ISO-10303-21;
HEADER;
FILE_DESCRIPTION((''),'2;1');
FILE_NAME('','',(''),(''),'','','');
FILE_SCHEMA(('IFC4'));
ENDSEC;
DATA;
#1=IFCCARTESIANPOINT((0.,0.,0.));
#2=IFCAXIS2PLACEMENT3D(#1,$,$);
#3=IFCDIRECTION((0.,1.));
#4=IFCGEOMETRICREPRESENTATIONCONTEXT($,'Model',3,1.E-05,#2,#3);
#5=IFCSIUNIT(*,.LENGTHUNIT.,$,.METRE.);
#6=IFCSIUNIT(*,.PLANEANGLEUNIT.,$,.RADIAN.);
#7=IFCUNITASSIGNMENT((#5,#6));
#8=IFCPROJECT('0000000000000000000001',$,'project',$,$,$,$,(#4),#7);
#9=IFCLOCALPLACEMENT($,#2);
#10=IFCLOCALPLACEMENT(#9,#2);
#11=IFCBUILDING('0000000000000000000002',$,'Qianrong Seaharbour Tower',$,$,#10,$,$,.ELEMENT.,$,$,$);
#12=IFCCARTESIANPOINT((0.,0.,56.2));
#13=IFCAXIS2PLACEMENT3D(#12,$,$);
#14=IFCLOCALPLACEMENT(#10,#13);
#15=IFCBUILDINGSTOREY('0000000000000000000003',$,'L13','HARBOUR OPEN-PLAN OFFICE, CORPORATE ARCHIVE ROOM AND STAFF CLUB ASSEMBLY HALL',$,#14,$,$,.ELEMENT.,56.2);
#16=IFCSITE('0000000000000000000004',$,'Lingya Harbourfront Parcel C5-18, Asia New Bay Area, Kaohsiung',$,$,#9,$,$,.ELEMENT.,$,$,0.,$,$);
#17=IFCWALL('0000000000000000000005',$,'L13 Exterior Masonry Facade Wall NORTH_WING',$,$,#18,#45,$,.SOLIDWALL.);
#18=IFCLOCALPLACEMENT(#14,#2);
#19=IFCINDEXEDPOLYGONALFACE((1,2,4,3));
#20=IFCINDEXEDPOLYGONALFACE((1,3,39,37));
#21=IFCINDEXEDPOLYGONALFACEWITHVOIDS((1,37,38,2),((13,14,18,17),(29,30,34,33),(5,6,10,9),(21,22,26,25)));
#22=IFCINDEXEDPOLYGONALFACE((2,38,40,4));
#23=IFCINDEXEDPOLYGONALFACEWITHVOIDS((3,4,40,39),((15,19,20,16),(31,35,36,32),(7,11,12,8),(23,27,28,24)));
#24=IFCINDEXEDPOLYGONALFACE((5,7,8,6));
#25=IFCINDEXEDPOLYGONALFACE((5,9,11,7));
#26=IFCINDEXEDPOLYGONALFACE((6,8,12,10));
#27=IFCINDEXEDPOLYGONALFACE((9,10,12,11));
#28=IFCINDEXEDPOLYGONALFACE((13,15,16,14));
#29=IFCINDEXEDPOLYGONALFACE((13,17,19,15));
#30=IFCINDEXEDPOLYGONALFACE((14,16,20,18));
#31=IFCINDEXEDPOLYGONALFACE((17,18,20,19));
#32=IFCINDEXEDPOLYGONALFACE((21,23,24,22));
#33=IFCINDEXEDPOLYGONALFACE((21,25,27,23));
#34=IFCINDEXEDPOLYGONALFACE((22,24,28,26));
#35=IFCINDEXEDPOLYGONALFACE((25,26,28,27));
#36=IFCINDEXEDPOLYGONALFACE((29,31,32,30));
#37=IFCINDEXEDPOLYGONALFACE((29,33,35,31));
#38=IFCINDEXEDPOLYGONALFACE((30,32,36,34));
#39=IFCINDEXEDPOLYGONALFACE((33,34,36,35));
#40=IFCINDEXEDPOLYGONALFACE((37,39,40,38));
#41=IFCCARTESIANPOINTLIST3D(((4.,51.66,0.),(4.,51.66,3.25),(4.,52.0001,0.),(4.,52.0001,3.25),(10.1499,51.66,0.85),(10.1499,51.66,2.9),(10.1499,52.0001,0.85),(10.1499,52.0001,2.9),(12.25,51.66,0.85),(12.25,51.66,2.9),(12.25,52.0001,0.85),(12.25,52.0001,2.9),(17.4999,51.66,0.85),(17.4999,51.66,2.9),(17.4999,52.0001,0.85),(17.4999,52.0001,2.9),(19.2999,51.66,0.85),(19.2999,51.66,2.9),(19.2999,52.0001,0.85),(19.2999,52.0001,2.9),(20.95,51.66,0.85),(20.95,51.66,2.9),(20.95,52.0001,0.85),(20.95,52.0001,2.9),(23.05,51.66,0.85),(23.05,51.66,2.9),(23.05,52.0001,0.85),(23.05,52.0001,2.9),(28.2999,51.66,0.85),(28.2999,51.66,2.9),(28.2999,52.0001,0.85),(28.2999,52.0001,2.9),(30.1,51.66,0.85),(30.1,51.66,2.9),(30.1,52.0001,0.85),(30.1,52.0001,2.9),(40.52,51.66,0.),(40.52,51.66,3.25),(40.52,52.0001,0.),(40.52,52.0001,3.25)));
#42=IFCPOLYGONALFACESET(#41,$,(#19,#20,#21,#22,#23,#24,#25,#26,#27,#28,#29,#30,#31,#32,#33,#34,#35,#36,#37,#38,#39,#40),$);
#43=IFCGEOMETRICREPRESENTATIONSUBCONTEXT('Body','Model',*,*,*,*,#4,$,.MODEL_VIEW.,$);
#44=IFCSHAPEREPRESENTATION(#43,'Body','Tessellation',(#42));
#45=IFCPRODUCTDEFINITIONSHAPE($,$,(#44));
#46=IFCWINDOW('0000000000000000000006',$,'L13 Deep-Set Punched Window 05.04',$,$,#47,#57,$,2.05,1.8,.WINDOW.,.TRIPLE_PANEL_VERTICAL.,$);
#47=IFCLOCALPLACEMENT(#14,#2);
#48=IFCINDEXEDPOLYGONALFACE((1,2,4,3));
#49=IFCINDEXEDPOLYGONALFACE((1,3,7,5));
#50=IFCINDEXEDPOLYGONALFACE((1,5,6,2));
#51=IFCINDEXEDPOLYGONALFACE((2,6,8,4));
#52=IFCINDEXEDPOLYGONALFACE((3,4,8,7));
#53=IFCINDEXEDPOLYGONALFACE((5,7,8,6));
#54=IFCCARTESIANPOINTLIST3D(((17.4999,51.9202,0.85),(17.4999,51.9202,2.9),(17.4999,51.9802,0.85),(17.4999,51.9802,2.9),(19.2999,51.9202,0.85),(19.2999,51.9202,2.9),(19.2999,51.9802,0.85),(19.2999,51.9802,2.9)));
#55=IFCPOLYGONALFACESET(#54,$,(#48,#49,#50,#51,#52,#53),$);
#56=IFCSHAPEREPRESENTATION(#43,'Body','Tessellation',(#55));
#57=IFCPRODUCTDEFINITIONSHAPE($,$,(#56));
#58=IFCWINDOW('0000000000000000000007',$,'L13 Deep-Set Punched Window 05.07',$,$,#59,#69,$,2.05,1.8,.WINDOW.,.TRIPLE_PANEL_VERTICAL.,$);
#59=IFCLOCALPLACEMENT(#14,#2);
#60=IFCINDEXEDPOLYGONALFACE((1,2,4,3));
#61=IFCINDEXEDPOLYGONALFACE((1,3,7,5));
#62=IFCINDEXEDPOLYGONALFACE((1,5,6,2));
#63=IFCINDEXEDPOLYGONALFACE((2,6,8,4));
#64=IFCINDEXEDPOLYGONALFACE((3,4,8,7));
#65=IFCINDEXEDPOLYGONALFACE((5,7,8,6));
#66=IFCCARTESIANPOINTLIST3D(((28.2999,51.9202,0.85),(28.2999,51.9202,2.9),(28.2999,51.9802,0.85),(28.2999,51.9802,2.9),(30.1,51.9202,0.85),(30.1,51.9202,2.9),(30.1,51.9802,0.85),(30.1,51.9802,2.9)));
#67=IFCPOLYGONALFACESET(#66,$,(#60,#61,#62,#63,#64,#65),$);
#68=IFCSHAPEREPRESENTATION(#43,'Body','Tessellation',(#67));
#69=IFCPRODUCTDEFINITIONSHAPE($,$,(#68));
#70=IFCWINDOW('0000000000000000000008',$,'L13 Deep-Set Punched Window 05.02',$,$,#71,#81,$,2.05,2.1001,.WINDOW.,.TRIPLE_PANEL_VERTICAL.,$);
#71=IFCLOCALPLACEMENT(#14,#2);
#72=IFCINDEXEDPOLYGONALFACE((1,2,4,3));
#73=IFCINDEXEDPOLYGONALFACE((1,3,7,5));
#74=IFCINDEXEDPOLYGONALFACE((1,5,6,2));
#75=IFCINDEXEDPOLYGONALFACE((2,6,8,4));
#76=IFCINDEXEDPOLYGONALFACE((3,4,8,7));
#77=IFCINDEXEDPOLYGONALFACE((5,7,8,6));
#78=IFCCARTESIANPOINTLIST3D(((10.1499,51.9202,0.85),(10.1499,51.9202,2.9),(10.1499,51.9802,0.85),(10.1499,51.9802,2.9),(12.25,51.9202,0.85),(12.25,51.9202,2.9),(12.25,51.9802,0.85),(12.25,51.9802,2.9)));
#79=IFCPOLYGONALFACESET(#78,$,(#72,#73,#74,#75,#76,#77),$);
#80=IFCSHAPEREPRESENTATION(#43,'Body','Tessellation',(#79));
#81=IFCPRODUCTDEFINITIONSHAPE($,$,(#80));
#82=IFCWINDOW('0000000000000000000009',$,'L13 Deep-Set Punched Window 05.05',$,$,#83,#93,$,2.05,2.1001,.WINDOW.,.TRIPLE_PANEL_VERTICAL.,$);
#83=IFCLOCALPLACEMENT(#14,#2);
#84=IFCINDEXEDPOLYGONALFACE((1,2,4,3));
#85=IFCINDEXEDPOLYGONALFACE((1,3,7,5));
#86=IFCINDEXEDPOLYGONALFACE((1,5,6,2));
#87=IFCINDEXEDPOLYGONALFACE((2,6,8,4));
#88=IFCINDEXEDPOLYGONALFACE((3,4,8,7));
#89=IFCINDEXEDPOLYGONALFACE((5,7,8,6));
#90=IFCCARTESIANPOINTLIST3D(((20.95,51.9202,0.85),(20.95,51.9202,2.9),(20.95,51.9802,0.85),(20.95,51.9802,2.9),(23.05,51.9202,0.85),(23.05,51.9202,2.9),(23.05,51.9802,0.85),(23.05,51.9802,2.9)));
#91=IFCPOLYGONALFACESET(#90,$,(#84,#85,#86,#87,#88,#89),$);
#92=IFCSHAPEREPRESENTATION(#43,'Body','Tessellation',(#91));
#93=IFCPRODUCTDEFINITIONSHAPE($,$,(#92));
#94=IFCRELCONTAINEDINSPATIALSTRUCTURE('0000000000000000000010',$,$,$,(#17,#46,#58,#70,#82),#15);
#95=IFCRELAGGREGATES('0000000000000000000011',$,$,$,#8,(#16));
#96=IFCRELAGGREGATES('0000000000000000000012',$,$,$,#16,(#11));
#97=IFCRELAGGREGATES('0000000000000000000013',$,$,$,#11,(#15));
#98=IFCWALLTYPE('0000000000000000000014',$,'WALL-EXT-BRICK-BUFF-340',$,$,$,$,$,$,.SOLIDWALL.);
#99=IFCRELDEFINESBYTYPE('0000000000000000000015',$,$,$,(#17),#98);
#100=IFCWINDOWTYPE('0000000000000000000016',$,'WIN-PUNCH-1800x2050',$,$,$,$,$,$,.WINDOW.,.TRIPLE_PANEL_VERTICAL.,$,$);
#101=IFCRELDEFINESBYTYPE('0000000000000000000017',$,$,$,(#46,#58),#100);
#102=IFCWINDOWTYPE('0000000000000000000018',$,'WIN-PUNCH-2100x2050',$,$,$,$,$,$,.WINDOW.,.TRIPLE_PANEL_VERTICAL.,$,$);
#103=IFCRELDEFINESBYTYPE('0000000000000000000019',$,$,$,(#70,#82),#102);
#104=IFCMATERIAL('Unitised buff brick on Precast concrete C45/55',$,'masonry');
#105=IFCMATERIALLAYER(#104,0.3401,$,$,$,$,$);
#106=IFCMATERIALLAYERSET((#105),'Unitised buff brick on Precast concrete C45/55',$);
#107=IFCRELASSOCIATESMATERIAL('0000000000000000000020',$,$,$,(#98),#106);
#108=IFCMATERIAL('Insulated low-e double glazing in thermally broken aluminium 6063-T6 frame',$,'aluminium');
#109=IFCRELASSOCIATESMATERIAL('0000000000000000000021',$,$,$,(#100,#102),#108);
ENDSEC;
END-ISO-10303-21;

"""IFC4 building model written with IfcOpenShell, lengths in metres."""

from ifc_helpers import new_model, si_unit, direction, frame, frame_2d, origin, place, context, subcontext, project, spatial, rectangle, extrude, material, layer, layer_set, type_object, element, fill, save


model = new_model("IFC4")

# Units and contexts
model_context = context("Model", 3, precision=1e-05, world=origin(), true_north=direction((0.0, 1.0)))
body_context = subcontext(model_context, "Body", "Model", "MODEL_VIEW")
ifc_project = project(units=[si_unit("LENGTHUNIT", "METRE"), si_unit("PLANEANGLEUNIT", "RADIAN")], contexts=[model_context])

# Site, building, storey
site_placement = place(None, origin())
site = spatial("IfcSite", under=ifc_project, at=site_placement, Name="Lingya Harbourfront Parcel C5-18, Asia New Bay Area, Kaohsiung", CompositionType="ELEMENT", RefElevation=0.0)
building_placement = place(site_placement, origin())
building = spatial("IfcBuilding", under=site, at=building_placement, Name="Qianrong Seaharbour Tower", CompositionType="ELEMENT")
storey_placement = place(building_placement, frame((0.0, 0.0, 56.2)))
storey = spatial("IfcBuildingStorey", under=building, at=storey_placement, Name="L13", Description="HARBOUR OPEN-PLAN OFFICE, CORPORATE ARCHIVE ROOM AND STAFF CLUB ASSEMBLY HALL", CompositionType="ELEMENT", Elevation=56.2)

# Shared definitions
ifc_material_1 = material(Name="Unitised buff brick on Precast concrete C45/55", Category="masonry")
ifc_layer_1 = layer(ifc_material_1, 0.3401)
ifc_layer_set_1 = layer_set([ifc_layer_1], Name="Unitised buff brick on Precast concrete C45/55")
wall_type_1 = type_object("IfcWallType", Name="WALL-EXT-BRICK-BUFF-340", PredefinedType="SOLIDWALL", material=ifc_layer_set_1)

# Wall, openings, windows
wall_1_placement = place(storey_placement, frame((4.0, 51.8301, 0.0), z_axis=(0.0, 0.0, 1.0), x_axis=(1.0, 0.0, 0.0)))
wall_1 = element("IfcWall", 1, at=wall_1_placement, inside=storey, type_object=wall_type_1, Name="L13 Exterior Masonry Facade Wall NORTH_WING", PredefinedType="SOLIDWALL", context=body_context, shape_type="SweptSolid", body=[
    extrude(rectangle(XDim=36.52, YDim=0.3401, at=frame_2d((18.26, 0.0))), origin(), (0.0, 0.0, 1.0), 3.25),
])
opening_1_placement = place(wall_1_placement, frame((6.1499, 0.0, 0.8501)))
opening_1 = element("IfcOpeningElement", 2, at=opening_1_placement, cuts=wall_1, PredefinedType="OPENING", context=body_context, shape_type="SweptSolid", body=[
    extrude(rectangle(XDim=2.1001, YDim=2.05, at=frame_2d((1.05, 1.0249))), frame((0.0, 0.1802, 0.0), z_axis=(0.0, -1.0, 0.0), x_axis=(1.0, 0.0, 0.0)), (0.0, 0.0, 1.0), 0.3601),
])
opening_2_placement = place(wall_1_placement, frame((13.5, 0.0, 0.8501)))
opening_2 = element("IfcOpeningElement", 3, at=opening_2_placement, cuts=wall_1, PredefinedType="OPENING", context=body_context, shape_type="SweptSolid", body=[
    extrude(rectangle(XDim=1.8, YDim=2.05, at=frame_2d((0.8999, 1.0249))), frame((0.0, 0.1802, 0.0), z_axis=(0.0, -1.0, 0.0), x_axis=(1.0, 0.0, 0.0)), (0.0, 0.0, 1.0), 0.3601),
])
opening_3_placement = place(wall_1_placement, frame((16.95, 0.0, 0.8501)))
opening_3 = element("IfcOpeningElement", 4, at=opening_3_placement, cuts=wall_1, PredefinedType="OPENING", context=body_context, shape_type="SweptSolid", body=[
    extrude(rectangle(XDim=2.1001, YDim=2.05, at=frame_2d((1.05, 1.0249))), frame((0.0, 0.1802, 0.0), z_axis=(0.0, -1.0, 0.0), x_axis=(1.0, 0.0, 0.0)), (0.0, 0.0, 1.0), 0.3601),
])
opening_4_placement = place(wall_1_placement, frame((24.3, 0.0, 0.8501)))
opening_4 = element("IfcOpeningElement", 5, at=opening_4_placement, cuts=wall_1, PredefinedType="OPENING", context=body_context, shape_type="SweptSolid", body=[
    extrude(rectangle(XDim=1.8, YDim=2.05, at=frame_2d((0.8999, 1.0249))), frame((0.0, 0.1802, 0.0), z_axis=(0.0, -1.0, 0.0), x_axis=(1.0, 0.0, 0.0)), (0.0, 0.0, 1.0), 0.3601),
])
ifc_material_2 = material(Name="Insulated low-e double glazing in thermally broken aluminium 6063-T6 frame", Category="aluminium")
window_type_1 = type_object("IfcWindowType", Name="WIN-PUNCH-1800x2050", PartitioningType="TRIPLE_PANEL_VERTICAL", PredefinedType="WINDOW", material=ifc_material_2)
window_1_placement = place(opening_2_placement, origin())
window_1 = element("IfcWindow", 6, at=window_1_placement, inside=storey, type_object=window_type_1, Name="L13 Deep-Set Punched Window 05.04", OverallHeight=2.05, OverallWidth=1.8, PartitioningType="TRIPLE_PANEL_VERTICAL", PredefinedType="WINDOW", context=body_context, shape_type="SweptSolid", body=[
    extrude(rectangle(XDim=1.8, YDim=2.05, at=frame_2d((0.8999, 1.0249))), frame((0.0, 0.1501, 0.0), z_axis=(0.0, -1.0, 0.0), x_axis=(1.0, 0.0, 0.0)), (0.0, 0.0, 1.0), 0.0601),
])
fill(opening_2, window_1)
window_2_placement = place(opening_4_placement, origin())
window_2 = element("IfcWindow", 7, at=window_2_placement, inside=storey, type_object=window_type_1, Name="L13 Deep-Set Punched Window 05.07", OverallHeight=2.05, OverallWidth=1.8, PartitioningType="TRIPLE_PANEL_VERTICAL", PredefinedType="WINDOW", context=body_context, shape_type="SweptSolid", body=[
    extrude(rectangle(XDim=1.8, YDim=2.05, at=frame_2d((0.8999, 1.0249))), frame((0.0, 0.1501, 0.0), z_axis=(0.0, -1.0, 0.0), x_axis=(1.0, 0.0, 0.0)), (0.0, 0.0, 1.0), 0.0601),
])
fill(opening_4, window_2)
window_type_2 = type_object("IfcWindowType", Name="WIN-PUNCH-2100x2050", PartitioningType="TRIPLE_PANEL_VERTICAL", PredefinedType="WINDOW", material=ifc_material_2)
window_3_placement = place(opening_1_placement, origin())
window_3 = element("IfcWindow", 8, at=window_3_placement, inside=storey, type_object=window_type_2, Name="L13 Deep-Set Punched Window 05.02", OverallHeight=2.05, OverallWidth=2.1001, PartitioningType="TRIPLE_PANEL_VERTICAL", PredefinedType="WINDOW", context=body_context, shape_type="SweptSolid", body=[
    extrude(rectangle(XDim=2.1001, YDim=2.05, at=frame_2d((1.05, 1.0249))), frame((0.0, 0.1501, 0.0), z_axis=(0.0, -1.0, 0.0), x_axis=(1.0, 0.0, 0.0)), (0.0, 0.0, 1.0), 0.0601),
])
fill(opening_1, window_3)
window_4_placement = place(opening_3_placement, origin())
window_4 = element("IfcWindow", 9, at=window_4_placement, inside=storey, type_object=window_type_2, Name="L13 Deep-Set Punched Window 05.05", OverallHeight=2.05, OverallWidth=2.1001, PartitioningType="TRIPLE_PANEL_VERTICAL", PredefinedType="WINDOW", context=body_context, shape_type="SweptSolid", body=[
    extrude(rectangle(XDim=2.1001, YDim=2.05, at=frame_2d((1.05, 1.0249))), frame((0.0, 0.1501, 0.0), z_axis=(0.0, -1.0, 0.0), x_axis=(1.0, 0.0, 0.0)), (0.0, 0.0, 1.0), 0.0601),
])
fill(opening_3, window_4)

save(model, "model.ifc")
